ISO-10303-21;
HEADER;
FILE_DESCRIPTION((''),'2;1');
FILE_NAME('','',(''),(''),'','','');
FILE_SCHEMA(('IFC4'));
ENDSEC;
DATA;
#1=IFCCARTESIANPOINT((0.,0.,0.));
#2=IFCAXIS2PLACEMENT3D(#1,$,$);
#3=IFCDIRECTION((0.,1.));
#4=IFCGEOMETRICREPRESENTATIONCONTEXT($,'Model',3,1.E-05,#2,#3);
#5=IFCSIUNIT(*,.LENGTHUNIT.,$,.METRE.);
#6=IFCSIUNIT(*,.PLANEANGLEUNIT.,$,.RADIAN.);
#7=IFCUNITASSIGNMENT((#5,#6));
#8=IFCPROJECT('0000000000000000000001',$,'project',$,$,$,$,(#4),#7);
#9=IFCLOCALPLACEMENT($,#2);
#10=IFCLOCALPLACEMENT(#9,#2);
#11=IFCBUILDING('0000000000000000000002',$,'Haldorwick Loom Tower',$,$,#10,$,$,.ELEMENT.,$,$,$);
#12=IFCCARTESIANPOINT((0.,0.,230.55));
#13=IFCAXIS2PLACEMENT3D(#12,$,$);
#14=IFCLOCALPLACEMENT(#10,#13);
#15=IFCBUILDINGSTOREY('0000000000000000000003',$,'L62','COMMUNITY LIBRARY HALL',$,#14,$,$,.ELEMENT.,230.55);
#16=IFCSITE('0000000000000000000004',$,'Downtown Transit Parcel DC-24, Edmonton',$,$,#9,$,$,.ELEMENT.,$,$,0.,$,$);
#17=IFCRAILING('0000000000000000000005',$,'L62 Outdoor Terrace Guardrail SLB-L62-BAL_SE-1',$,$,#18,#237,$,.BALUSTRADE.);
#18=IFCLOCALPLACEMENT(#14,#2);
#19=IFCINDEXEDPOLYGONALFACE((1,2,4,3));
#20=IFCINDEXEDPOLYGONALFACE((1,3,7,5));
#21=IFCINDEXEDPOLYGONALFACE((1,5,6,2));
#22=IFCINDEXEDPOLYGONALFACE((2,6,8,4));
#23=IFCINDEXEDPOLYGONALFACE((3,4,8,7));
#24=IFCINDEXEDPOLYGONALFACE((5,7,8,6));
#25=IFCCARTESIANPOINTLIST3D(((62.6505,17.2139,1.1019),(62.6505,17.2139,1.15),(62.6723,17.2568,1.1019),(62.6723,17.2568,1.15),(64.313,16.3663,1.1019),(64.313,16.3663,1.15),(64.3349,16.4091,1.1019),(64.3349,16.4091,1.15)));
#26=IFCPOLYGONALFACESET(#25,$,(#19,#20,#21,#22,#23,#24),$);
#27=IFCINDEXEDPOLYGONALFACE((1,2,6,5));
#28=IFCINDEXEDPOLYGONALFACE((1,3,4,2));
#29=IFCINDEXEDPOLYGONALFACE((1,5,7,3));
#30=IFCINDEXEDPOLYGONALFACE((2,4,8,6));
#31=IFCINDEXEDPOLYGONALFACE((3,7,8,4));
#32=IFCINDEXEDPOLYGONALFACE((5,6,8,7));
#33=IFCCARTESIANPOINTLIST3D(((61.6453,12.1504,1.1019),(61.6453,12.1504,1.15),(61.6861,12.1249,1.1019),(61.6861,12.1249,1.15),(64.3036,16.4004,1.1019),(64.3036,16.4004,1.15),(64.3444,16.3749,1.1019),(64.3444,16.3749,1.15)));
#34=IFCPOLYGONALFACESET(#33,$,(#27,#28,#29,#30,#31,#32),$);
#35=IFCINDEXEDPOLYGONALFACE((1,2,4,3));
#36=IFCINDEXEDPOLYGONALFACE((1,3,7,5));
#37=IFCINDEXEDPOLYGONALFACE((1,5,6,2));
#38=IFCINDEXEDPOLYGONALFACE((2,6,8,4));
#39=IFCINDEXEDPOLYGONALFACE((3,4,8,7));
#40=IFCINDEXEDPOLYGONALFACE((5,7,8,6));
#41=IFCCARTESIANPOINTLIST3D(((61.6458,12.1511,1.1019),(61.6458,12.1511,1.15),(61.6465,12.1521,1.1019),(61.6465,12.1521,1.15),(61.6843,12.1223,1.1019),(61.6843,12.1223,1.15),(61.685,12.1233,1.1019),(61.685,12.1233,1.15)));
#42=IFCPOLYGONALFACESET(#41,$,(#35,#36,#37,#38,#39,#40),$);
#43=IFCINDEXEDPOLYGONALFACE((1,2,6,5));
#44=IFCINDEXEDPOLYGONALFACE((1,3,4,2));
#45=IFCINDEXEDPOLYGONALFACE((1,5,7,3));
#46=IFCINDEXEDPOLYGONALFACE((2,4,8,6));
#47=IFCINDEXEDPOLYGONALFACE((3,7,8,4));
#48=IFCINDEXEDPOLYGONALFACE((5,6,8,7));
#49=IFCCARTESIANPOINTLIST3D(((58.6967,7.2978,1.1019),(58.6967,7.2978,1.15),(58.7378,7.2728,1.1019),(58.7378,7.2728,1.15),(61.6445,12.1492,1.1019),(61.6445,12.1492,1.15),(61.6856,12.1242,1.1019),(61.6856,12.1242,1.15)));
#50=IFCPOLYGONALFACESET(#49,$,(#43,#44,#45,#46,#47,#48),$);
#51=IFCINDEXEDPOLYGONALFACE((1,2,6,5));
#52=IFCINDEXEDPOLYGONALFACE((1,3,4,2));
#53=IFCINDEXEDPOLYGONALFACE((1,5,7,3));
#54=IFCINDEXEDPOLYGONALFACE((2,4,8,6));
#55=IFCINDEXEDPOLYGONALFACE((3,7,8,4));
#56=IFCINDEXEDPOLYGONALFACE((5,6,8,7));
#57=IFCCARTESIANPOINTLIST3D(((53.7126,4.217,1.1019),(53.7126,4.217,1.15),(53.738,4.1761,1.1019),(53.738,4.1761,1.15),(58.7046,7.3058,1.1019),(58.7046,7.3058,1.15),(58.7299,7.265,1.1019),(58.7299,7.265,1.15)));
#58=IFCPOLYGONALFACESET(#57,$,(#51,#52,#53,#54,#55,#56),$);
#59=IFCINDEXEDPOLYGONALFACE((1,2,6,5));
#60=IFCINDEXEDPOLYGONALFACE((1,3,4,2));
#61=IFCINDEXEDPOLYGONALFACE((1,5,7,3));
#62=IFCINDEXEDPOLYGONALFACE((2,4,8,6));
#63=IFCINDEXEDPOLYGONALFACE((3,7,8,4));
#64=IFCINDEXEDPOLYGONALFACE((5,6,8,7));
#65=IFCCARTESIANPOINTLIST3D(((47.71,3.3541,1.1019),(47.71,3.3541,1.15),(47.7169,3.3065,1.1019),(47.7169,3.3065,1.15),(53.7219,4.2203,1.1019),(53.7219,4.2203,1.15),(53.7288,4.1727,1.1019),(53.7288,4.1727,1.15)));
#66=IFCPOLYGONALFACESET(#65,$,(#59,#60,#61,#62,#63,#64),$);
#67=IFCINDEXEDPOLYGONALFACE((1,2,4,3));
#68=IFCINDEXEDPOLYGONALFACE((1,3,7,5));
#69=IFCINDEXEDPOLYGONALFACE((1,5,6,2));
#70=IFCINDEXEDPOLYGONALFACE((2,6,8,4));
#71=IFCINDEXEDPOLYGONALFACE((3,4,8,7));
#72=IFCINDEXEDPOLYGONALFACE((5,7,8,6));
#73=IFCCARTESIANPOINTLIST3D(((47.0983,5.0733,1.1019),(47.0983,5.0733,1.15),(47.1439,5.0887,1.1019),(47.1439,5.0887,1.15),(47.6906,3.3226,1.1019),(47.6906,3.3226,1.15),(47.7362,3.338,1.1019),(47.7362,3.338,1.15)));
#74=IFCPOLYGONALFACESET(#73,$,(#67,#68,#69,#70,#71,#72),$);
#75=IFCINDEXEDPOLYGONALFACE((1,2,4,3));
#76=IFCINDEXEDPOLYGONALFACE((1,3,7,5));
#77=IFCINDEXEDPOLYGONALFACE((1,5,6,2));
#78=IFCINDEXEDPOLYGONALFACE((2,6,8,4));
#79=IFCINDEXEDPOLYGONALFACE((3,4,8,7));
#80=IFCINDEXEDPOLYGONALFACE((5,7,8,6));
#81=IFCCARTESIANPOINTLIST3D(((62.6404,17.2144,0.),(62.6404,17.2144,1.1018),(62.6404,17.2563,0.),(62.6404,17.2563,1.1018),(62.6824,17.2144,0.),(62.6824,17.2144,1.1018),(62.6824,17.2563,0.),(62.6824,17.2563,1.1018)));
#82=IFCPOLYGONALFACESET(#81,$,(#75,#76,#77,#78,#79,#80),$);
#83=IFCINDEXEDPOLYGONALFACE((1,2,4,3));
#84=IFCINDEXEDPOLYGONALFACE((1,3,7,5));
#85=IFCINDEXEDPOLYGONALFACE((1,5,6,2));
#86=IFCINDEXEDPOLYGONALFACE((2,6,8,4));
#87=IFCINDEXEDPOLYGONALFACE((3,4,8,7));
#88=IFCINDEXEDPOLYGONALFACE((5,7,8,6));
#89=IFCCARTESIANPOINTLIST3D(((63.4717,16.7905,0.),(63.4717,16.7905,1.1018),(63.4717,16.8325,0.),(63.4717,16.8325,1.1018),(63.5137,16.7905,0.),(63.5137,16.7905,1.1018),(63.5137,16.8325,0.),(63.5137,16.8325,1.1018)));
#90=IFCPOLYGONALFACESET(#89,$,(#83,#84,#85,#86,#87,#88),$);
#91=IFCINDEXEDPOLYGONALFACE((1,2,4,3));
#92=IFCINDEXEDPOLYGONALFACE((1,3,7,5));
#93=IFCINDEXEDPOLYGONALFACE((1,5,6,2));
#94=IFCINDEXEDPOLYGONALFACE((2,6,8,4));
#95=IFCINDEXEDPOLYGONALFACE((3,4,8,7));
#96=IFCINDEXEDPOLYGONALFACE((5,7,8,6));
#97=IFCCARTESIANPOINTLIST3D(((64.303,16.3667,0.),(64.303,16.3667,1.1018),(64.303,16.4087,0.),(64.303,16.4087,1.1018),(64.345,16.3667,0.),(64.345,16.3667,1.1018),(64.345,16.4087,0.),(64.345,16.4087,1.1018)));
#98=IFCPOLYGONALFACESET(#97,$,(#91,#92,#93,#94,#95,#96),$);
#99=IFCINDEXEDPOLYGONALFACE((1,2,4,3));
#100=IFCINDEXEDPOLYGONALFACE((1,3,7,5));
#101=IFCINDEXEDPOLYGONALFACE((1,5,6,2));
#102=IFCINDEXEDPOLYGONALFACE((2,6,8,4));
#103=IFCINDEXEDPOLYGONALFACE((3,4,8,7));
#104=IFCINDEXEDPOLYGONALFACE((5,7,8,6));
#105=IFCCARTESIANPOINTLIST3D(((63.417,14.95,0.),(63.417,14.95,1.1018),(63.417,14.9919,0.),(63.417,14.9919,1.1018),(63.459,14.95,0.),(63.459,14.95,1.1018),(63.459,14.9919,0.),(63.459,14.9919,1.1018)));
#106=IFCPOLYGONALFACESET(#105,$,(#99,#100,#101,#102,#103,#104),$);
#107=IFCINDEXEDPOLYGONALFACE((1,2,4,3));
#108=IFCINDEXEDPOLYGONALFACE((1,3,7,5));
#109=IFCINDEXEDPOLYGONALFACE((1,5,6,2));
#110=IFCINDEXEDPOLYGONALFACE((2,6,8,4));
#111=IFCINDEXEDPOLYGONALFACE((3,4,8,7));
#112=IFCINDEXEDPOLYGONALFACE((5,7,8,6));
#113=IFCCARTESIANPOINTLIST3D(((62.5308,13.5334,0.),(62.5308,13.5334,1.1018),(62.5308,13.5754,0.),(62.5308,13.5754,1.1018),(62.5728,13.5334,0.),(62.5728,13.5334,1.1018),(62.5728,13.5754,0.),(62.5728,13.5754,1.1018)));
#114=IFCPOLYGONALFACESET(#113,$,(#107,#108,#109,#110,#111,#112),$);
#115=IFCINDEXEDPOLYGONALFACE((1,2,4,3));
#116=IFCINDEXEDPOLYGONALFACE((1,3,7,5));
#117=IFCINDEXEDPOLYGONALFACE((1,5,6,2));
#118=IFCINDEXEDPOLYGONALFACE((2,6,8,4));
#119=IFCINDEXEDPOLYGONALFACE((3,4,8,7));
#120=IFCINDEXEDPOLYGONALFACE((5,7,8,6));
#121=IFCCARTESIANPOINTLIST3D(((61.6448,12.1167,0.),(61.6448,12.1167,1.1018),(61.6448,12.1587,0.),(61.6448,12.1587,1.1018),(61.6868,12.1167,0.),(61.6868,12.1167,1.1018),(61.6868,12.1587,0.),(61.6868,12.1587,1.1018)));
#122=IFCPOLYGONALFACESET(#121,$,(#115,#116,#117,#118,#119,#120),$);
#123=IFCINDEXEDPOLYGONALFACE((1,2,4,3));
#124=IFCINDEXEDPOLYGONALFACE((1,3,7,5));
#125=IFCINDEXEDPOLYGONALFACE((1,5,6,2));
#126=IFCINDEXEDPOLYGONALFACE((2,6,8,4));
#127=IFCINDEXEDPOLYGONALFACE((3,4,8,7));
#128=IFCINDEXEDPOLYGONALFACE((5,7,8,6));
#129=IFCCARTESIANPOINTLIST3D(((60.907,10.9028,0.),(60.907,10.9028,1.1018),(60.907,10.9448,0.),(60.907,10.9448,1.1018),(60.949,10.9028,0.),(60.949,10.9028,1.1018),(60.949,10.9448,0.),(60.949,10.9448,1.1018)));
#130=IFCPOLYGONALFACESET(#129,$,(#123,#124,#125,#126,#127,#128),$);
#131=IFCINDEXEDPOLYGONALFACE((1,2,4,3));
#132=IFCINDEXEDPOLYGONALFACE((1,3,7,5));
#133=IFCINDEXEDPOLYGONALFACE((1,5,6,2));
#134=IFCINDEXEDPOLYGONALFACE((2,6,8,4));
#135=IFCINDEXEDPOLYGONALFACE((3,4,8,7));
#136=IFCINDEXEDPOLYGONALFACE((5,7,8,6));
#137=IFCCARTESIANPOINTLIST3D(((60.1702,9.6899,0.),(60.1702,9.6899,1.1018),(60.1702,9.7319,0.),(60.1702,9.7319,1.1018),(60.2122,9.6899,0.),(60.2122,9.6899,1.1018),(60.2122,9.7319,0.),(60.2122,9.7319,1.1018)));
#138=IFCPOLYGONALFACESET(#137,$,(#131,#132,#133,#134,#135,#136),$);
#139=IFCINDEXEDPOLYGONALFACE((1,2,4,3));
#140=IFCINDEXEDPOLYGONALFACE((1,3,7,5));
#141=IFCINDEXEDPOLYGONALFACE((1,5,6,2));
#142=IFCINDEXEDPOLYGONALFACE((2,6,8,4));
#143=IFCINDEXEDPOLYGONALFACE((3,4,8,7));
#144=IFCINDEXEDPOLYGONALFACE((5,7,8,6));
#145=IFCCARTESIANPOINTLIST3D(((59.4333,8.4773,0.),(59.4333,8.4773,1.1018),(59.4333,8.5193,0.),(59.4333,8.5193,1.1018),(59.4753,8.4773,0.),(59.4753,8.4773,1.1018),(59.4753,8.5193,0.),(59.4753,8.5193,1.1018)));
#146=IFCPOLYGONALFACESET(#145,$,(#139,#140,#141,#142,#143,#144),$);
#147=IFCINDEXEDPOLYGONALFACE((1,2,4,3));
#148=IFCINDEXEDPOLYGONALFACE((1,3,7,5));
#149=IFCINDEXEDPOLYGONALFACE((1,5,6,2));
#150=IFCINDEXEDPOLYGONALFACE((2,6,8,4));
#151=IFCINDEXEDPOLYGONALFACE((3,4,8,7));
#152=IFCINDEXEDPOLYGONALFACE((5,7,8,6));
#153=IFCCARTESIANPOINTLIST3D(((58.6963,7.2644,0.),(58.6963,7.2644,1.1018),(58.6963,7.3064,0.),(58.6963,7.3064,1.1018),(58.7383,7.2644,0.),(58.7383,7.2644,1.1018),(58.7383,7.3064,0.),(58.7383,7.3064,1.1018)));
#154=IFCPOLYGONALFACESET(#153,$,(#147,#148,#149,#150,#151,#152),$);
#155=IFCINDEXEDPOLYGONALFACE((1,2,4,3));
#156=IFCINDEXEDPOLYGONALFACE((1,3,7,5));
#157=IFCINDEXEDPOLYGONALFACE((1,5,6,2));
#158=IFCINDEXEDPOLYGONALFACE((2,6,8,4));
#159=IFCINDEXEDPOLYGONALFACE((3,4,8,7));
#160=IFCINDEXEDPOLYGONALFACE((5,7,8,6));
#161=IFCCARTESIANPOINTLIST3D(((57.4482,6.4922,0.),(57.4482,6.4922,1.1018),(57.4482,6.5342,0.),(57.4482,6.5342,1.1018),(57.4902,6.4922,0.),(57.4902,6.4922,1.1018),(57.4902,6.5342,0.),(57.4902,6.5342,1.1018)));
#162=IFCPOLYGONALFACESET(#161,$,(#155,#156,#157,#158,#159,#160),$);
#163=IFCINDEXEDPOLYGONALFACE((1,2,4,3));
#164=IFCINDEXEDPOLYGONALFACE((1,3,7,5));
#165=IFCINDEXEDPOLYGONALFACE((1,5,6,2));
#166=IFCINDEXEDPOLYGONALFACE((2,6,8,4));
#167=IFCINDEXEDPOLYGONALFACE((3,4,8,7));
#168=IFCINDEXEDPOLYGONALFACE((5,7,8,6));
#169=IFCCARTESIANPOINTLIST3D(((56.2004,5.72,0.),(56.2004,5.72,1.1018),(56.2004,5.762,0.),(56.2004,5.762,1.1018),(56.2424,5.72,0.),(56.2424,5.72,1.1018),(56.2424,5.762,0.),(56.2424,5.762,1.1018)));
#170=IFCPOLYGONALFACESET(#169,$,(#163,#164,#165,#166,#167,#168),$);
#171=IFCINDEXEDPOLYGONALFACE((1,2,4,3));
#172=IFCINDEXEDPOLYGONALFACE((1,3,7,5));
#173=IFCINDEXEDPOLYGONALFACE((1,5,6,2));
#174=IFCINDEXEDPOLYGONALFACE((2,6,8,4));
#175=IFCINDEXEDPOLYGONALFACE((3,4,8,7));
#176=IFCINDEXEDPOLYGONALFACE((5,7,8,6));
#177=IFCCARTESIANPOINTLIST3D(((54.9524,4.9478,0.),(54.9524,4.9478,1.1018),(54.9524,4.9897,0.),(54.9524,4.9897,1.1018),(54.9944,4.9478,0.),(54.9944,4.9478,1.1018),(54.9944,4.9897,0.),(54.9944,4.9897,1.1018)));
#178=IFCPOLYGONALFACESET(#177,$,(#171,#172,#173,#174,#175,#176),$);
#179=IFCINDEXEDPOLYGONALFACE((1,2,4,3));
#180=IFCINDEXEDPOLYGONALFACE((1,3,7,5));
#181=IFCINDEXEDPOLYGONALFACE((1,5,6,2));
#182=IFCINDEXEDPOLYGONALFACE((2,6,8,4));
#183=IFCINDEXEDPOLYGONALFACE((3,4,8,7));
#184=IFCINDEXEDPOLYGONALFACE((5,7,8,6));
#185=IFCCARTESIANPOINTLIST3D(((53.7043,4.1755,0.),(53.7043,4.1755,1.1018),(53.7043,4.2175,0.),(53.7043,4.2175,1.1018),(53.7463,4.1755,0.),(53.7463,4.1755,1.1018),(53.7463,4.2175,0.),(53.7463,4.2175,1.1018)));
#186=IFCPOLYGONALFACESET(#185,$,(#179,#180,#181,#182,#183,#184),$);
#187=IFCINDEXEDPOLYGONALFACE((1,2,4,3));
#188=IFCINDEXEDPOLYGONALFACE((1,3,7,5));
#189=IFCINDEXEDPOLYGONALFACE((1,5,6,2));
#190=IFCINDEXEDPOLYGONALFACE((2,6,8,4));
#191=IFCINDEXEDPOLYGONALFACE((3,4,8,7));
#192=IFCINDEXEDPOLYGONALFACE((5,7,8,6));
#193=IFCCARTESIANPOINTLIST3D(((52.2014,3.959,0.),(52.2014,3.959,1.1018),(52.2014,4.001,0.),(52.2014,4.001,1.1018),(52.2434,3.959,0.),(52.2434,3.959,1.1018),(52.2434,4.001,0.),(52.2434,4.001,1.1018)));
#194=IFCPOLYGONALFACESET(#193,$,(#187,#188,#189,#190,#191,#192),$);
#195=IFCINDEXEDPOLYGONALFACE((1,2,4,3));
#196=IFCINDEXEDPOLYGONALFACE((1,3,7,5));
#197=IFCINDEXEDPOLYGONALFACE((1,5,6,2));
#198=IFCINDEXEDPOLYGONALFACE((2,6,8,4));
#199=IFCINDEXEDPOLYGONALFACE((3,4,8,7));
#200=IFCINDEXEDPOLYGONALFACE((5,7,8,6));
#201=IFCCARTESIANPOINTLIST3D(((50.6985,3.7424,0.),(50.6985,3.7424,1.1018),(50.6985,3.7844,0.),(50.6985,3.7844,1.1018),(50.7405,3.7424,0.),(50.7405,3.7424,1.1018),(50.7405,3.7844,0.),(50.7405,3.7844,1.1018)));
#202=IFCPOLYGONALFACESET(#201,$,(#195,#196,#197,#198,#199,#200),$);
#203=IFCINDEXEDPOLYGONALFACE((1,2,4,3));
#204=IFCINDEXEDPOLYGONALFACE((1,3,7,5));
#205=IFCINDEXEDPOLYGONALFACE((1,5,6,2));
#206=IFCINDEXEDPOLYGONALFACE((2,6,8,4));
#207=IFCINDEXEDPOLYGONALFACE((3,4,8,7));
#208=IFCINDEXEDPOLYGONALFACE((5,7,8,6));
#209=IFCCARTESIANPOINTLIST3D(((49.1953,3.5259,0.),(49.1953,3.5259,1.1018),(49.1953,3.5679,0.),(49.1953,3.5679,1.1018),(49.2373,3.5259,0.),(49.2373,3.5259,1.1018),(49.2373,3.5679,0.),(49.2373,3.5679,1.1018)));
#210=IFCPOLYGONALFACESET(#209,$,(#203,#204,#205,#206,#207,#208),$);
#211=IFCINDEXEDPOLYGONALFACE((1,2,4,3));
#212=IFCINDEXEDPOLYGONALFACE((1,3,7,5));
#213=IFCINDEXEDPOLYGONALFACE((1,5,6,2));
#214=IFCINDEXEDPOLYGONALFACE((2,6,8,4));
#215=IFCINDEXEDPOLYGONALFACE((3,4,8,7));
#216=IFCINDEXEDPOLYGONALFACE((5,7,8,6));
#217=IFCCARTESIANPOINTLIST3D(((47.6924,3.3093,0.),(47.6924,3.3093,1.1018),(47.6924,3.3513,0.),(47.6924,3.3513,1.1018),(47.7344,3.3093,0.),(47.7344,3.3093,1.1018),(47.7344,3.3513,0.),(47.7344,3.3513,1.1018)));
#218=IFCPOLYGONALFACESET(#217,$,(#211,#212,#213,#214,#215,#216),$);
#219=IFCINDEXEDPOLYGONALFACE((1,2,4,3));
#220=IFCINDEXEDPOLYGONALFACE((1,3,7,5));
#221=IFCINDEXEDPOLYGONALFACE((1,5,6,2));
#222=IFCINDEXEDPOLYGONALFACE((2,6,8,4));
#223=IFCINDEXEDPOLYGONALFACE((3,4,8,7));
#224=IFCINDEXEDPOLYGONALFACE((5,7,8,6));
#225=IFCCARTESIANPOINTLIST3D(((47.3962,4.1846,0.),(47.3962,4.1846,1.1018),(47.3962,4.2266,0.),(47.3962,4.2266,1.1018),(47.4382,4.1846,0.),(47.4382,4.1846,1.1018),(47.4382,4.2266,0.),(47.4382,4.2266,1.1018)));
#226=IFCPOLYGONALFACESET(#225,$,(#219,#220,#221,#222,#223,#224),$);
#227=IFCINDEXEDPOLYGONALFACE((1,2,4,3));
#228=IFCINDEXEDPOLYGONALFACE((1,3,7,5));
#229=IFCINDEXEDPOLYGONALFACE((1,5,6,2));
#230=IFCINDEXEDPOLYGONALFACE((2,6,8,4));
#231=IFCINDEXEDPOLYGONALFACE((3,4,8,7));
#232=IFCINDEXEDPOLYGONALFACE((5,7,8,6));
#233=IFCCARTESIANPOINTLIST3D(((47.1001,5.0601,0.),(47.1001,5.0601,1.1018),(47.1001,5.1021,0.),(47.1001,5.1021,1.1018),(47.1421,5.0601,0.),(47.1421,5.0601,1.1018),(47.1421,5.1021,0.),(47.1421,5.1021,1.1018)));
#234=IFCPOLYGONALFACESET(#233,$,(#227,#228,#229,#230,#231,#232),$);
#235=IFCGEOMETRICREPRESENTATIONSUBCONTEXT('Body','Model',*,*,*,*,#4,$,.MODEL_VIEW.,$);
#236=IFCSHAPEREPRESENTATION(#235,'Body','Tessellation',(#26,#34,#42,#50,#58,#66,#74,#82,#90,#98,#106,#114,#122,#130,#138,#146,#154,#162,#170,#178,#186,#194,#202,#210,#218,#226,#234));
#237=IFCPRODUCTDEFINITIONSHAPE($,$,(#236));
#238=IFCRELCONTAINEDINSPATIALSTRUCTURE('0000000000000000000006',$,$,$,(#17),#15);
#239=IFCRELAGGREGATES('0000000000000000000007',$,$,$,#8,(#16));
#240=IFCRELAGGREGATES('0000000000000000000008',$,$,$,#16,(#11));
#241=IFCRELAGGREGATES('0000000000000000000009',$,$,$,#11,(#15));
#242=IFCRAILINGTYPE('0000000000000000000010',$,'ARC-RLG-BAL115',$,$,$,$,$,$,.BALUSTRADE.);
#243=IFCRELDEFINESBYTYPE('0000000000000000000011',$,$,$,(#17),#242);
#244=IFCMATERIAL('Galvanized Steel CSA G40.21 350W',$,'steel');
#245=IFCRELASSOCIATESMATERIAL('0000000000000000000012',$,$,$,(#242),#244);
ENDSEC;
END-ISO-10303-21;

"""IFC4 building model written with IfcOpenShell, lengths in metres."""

from ifc_helpers import new_model, si_unit, direction, frame, origin, origin_2d, place, context, subcontext, project, spatial, rectangle, extrude, material, type_object, element, save


model = new_model("IFC4")

# Units and contexts
model_context = context("Model", 3, precision=1e-05, world=origin(), true_north=direction((0.0, 1.0)))
body_context = subcontext(model_context, "Body", "Model", "MODEL_VIEW")
ifc_project = project(units=[si_unit("LENGTHUNIT", "METRE"), si_unit("PLANEANGLEUNIT", "RADIAN")], contexts=[model_context])

# Site, building, storey
site_placement = place(None, origin())
site = spatial("IfcSite", under=ifc_project, at=site_placement, Name="Downtown Transit Parcel DC-24, Edmonton", CompositionType="ELEMENT", RefElevation=0.0)
building_placement = place(site_placement, origin())
building = spatial("IfcBuilding", under=site, at=building_placement, Name="Haldorwick Loom Tower", CompositionType="ELEMENT")
storey_placement = place(building_placement, frame((0.0, 0.0, 230.55)))
storey = spatial("IfcBuildingStorey", under=building, at=storey_placement, Name="L62", Description="COMMUNITY LIBRARY HALL", CompositionType="ELEMENT", Elevation=230.55)

# Railing
ifc_material_1 = material(Name="Galvanized Steel CSA G40.21 350W", Category="steel")
railing_type = type_object("IfcRailingType", Name="ARC-RLG-BAL115", PredefinedType="BALUSTRADE", material=ifc_material_1)
railing_placement = place(storey_placement, frame((62.6614, 17.2354, 0.0)))
element("IfcRailing", 1, at=railing_placement, inside=storey, type_object=railing_type, Name="L62 Outdoor Terrace Guardrail SLB-L62-BAL_SE-1", PredefinedType="BALUSTRADE", context=body_context, shape_type="SweptSolid", body=[
    extrude(rectangle(XDim=0.0481, YDim=0.0481, at=origin_2d()), frame((0.0, 0.0, 1.126), z_axis=(0.890894, -0.454212, 0.0), x_axis=(0.454212, 0.890894, 0.0)), (0.0, 0.0, 1.0), 1.8662),
    extrude(rectangle(XDim=0.0481, YDim=0.0481, at=origin_2d()), frame((1.6626, -0.8477, 1.126), z_axis=(-0.530279, -0.847823, 0.0), x_axis=(0.847823, -0.530279, 0.0)), (0.0, 0.0, 1.0), 5.0129),
    extrude(rectangle(XDim=0.0481, YDim=0.0481, at=origin_2d()), frame((-0.9956, -5.0977, 1.126), z_axis=(-0.6, -0.8, 0.0), x_axis=(0.8, -0.6, 0.0)), (0.0, 0.0, 1.0), 0.0012),
    extrude(rectangle(XDim=0.0481, YDim=0.0481, at=origin_2d()), frame((-0.9963, -5.0986, 1.126), z_axis=(-0.519276, -0.854607, 0.0), x_axis=(0.854607, -0.519276, 0.0)), (0.0, 0.0, 1.0), 5.6768),
    extrude(rectangle(XDim=0.0481, YDim=0.0481, at=origin_2d()), frame((-3.9441, -9.95, 1.126), z_axis=(-0.850371, -0.526184, 0.0), x_axis=(0.526184, -0.850371, 0.0)), (0.0, 0.0, 1.0), 5.8704),
    extrude(rectangle(XDim=0.0481, YDim=0.0481, at=origin_2d()), frame((-8.936, -13.0388, 1.126), z_axis=(-0.989779, -0.142609, 0.0), x_axis=(0.142609, -0.989779, 0.0)), (0.0, 0.0, 1.0), 6.074),
    extrude(rectangle(XDim=0.0481, YDim=0.0481, at=origin_2d()), frame((-14.948, -13.905, 1.126), z_axis=(-0.320465, 0.94726, 0.0), x_axis=(-0.94726, -0.320465, 0.0)), (0.0, 0.0, 1.0), 1.8481),
    extrude(rectangle(XDim=0.042, YDim=0.042, at=origin_2d()), origin(), (0.0, 0.0, 1.0), 1.1018),
    extrude(rectangle(XDim=0.042, YDim=0.042, at=origin_2d()), frame((0.8313, -0.4238, 0.0)), (0.0, 0.0, 1.0), 1.1018),
    extrude(rectangle(XDim=0.042, YDim=0.042, at=origin_2d()), frame((1.6626, -0.8477, 0.0)), (0.0, 0.0, 1.0), 1.1018),
    extrude(rectangle(XDim=0.042, YDim=0.042, at=origin_2d()), frame((0.7766, -2.2644, 0.0)), (0.0, 0.0, 1.0), 1.1018),
    extrude(rectangle(XDim=0.042, YDim=0.042, at=origin_2d()), frame((-0.1096, -3.6809, 0.0)), (0.0, 0.0, 1.0), 1.1018),
    extrude(rectangle(XDim=0.042, YDim=0.042, at=origin_2d()), frame((-0.9956, -5.0977, 0.0)), (0.0, 0.0, 1.0), 1.1018),
    extrude(rectangle(XDim=0.042, YDim=0.042, at=origin_2d()), frame((-1.7334, -6.3115, 0.0)), (0.0, 0.0, 1.0), 1.1018),
    extrude(rectangle(XDim=0.042, YDim=0.042, at=origin_2d()), frame((-2.4702, -7.5244, 0.0)), (0.0, 0.0, 1.0), 1.1018),
    extrude(rectangle(XDim=0.042, YDim=0.042, at=origin_2d()), frame((-3.207, -8.7371, 0.0)), (0.0, 0.0, 1.0), 1.1018),
    extrude(rectangle(XDim=0.042, YDim=0.042, at=origin_2d()), frame((-3.9441, -9.95, 0.0)), (0.0, 0.0, 1.0), 1.1018),
    extrude(rectangle(XDim=0.042, YDim=0.042, at=origin_2d()), frame((-5.1921, -10.7222, 0.0)), (0.0, 0.0, 1.0), 1.1018),
    extrude(rectangle(XDim=0.042, YDim=0.042, at=origin_2d()), frame((-6.4399, -11.4944, 0.0)), (0.0, 0.0, 1.0), 1.1018),
    extrude(rectangle(XDim=0.042, YDim=0.042, at=origin_2d()), frame((-7.688, -12.2666, 0.0)), (0.0, 0.0, 1.0), 1.1018),
    extrude(rectangle(XDim=0.042, YDim=0.042, at=origin_2d()), frame((-8.936, -13.0388, 0.0)), (0.0, 0.0, 1.0), 1.1018),
    extrude(rectangle(XDim=0.042, YDim=0.042, at=origin_2d()), frame((-10.439, -13.2554, 0.0)), (0.0, 0.0, 1.0), 1.1018),
    extrude(rectangle(XDim=0.042, YDim=0.042, at=origin_2d()), frame((-11.9419, -13.4719, 0.0)), (0.0, 0.0, 1.0), 1.1018),
    extrude(rectangle(XDim=0.042, YDim=0.042, at=origin_2d()), frame((-13.4451, -13.6885, 0.0)), (0.0, 0.0, 1.0), 1.1018),
    extrude(rectangle(XDim=0.042, YDim=0.042, at=origin_2d()), frame((-14.948, -13.905, 0.0)), (0.0, 0.0, 1.0), 1.1018),
    extrude(rectangle(XDim=0.042, YDim=0.042, at=origin_2d()), frame((-15.2441, -13.0298, 0.0)), (0.0, 0.0, 1.0), 1.1018),
    extrude(rectangle(XDim=0.042, YDim=0.042, at=origin_2d()), frame((-15.5403, -12.1543, 0.0)), (0.0, 0.0, 1.0), 1.1018),
])

save(model, "model.ifc")
